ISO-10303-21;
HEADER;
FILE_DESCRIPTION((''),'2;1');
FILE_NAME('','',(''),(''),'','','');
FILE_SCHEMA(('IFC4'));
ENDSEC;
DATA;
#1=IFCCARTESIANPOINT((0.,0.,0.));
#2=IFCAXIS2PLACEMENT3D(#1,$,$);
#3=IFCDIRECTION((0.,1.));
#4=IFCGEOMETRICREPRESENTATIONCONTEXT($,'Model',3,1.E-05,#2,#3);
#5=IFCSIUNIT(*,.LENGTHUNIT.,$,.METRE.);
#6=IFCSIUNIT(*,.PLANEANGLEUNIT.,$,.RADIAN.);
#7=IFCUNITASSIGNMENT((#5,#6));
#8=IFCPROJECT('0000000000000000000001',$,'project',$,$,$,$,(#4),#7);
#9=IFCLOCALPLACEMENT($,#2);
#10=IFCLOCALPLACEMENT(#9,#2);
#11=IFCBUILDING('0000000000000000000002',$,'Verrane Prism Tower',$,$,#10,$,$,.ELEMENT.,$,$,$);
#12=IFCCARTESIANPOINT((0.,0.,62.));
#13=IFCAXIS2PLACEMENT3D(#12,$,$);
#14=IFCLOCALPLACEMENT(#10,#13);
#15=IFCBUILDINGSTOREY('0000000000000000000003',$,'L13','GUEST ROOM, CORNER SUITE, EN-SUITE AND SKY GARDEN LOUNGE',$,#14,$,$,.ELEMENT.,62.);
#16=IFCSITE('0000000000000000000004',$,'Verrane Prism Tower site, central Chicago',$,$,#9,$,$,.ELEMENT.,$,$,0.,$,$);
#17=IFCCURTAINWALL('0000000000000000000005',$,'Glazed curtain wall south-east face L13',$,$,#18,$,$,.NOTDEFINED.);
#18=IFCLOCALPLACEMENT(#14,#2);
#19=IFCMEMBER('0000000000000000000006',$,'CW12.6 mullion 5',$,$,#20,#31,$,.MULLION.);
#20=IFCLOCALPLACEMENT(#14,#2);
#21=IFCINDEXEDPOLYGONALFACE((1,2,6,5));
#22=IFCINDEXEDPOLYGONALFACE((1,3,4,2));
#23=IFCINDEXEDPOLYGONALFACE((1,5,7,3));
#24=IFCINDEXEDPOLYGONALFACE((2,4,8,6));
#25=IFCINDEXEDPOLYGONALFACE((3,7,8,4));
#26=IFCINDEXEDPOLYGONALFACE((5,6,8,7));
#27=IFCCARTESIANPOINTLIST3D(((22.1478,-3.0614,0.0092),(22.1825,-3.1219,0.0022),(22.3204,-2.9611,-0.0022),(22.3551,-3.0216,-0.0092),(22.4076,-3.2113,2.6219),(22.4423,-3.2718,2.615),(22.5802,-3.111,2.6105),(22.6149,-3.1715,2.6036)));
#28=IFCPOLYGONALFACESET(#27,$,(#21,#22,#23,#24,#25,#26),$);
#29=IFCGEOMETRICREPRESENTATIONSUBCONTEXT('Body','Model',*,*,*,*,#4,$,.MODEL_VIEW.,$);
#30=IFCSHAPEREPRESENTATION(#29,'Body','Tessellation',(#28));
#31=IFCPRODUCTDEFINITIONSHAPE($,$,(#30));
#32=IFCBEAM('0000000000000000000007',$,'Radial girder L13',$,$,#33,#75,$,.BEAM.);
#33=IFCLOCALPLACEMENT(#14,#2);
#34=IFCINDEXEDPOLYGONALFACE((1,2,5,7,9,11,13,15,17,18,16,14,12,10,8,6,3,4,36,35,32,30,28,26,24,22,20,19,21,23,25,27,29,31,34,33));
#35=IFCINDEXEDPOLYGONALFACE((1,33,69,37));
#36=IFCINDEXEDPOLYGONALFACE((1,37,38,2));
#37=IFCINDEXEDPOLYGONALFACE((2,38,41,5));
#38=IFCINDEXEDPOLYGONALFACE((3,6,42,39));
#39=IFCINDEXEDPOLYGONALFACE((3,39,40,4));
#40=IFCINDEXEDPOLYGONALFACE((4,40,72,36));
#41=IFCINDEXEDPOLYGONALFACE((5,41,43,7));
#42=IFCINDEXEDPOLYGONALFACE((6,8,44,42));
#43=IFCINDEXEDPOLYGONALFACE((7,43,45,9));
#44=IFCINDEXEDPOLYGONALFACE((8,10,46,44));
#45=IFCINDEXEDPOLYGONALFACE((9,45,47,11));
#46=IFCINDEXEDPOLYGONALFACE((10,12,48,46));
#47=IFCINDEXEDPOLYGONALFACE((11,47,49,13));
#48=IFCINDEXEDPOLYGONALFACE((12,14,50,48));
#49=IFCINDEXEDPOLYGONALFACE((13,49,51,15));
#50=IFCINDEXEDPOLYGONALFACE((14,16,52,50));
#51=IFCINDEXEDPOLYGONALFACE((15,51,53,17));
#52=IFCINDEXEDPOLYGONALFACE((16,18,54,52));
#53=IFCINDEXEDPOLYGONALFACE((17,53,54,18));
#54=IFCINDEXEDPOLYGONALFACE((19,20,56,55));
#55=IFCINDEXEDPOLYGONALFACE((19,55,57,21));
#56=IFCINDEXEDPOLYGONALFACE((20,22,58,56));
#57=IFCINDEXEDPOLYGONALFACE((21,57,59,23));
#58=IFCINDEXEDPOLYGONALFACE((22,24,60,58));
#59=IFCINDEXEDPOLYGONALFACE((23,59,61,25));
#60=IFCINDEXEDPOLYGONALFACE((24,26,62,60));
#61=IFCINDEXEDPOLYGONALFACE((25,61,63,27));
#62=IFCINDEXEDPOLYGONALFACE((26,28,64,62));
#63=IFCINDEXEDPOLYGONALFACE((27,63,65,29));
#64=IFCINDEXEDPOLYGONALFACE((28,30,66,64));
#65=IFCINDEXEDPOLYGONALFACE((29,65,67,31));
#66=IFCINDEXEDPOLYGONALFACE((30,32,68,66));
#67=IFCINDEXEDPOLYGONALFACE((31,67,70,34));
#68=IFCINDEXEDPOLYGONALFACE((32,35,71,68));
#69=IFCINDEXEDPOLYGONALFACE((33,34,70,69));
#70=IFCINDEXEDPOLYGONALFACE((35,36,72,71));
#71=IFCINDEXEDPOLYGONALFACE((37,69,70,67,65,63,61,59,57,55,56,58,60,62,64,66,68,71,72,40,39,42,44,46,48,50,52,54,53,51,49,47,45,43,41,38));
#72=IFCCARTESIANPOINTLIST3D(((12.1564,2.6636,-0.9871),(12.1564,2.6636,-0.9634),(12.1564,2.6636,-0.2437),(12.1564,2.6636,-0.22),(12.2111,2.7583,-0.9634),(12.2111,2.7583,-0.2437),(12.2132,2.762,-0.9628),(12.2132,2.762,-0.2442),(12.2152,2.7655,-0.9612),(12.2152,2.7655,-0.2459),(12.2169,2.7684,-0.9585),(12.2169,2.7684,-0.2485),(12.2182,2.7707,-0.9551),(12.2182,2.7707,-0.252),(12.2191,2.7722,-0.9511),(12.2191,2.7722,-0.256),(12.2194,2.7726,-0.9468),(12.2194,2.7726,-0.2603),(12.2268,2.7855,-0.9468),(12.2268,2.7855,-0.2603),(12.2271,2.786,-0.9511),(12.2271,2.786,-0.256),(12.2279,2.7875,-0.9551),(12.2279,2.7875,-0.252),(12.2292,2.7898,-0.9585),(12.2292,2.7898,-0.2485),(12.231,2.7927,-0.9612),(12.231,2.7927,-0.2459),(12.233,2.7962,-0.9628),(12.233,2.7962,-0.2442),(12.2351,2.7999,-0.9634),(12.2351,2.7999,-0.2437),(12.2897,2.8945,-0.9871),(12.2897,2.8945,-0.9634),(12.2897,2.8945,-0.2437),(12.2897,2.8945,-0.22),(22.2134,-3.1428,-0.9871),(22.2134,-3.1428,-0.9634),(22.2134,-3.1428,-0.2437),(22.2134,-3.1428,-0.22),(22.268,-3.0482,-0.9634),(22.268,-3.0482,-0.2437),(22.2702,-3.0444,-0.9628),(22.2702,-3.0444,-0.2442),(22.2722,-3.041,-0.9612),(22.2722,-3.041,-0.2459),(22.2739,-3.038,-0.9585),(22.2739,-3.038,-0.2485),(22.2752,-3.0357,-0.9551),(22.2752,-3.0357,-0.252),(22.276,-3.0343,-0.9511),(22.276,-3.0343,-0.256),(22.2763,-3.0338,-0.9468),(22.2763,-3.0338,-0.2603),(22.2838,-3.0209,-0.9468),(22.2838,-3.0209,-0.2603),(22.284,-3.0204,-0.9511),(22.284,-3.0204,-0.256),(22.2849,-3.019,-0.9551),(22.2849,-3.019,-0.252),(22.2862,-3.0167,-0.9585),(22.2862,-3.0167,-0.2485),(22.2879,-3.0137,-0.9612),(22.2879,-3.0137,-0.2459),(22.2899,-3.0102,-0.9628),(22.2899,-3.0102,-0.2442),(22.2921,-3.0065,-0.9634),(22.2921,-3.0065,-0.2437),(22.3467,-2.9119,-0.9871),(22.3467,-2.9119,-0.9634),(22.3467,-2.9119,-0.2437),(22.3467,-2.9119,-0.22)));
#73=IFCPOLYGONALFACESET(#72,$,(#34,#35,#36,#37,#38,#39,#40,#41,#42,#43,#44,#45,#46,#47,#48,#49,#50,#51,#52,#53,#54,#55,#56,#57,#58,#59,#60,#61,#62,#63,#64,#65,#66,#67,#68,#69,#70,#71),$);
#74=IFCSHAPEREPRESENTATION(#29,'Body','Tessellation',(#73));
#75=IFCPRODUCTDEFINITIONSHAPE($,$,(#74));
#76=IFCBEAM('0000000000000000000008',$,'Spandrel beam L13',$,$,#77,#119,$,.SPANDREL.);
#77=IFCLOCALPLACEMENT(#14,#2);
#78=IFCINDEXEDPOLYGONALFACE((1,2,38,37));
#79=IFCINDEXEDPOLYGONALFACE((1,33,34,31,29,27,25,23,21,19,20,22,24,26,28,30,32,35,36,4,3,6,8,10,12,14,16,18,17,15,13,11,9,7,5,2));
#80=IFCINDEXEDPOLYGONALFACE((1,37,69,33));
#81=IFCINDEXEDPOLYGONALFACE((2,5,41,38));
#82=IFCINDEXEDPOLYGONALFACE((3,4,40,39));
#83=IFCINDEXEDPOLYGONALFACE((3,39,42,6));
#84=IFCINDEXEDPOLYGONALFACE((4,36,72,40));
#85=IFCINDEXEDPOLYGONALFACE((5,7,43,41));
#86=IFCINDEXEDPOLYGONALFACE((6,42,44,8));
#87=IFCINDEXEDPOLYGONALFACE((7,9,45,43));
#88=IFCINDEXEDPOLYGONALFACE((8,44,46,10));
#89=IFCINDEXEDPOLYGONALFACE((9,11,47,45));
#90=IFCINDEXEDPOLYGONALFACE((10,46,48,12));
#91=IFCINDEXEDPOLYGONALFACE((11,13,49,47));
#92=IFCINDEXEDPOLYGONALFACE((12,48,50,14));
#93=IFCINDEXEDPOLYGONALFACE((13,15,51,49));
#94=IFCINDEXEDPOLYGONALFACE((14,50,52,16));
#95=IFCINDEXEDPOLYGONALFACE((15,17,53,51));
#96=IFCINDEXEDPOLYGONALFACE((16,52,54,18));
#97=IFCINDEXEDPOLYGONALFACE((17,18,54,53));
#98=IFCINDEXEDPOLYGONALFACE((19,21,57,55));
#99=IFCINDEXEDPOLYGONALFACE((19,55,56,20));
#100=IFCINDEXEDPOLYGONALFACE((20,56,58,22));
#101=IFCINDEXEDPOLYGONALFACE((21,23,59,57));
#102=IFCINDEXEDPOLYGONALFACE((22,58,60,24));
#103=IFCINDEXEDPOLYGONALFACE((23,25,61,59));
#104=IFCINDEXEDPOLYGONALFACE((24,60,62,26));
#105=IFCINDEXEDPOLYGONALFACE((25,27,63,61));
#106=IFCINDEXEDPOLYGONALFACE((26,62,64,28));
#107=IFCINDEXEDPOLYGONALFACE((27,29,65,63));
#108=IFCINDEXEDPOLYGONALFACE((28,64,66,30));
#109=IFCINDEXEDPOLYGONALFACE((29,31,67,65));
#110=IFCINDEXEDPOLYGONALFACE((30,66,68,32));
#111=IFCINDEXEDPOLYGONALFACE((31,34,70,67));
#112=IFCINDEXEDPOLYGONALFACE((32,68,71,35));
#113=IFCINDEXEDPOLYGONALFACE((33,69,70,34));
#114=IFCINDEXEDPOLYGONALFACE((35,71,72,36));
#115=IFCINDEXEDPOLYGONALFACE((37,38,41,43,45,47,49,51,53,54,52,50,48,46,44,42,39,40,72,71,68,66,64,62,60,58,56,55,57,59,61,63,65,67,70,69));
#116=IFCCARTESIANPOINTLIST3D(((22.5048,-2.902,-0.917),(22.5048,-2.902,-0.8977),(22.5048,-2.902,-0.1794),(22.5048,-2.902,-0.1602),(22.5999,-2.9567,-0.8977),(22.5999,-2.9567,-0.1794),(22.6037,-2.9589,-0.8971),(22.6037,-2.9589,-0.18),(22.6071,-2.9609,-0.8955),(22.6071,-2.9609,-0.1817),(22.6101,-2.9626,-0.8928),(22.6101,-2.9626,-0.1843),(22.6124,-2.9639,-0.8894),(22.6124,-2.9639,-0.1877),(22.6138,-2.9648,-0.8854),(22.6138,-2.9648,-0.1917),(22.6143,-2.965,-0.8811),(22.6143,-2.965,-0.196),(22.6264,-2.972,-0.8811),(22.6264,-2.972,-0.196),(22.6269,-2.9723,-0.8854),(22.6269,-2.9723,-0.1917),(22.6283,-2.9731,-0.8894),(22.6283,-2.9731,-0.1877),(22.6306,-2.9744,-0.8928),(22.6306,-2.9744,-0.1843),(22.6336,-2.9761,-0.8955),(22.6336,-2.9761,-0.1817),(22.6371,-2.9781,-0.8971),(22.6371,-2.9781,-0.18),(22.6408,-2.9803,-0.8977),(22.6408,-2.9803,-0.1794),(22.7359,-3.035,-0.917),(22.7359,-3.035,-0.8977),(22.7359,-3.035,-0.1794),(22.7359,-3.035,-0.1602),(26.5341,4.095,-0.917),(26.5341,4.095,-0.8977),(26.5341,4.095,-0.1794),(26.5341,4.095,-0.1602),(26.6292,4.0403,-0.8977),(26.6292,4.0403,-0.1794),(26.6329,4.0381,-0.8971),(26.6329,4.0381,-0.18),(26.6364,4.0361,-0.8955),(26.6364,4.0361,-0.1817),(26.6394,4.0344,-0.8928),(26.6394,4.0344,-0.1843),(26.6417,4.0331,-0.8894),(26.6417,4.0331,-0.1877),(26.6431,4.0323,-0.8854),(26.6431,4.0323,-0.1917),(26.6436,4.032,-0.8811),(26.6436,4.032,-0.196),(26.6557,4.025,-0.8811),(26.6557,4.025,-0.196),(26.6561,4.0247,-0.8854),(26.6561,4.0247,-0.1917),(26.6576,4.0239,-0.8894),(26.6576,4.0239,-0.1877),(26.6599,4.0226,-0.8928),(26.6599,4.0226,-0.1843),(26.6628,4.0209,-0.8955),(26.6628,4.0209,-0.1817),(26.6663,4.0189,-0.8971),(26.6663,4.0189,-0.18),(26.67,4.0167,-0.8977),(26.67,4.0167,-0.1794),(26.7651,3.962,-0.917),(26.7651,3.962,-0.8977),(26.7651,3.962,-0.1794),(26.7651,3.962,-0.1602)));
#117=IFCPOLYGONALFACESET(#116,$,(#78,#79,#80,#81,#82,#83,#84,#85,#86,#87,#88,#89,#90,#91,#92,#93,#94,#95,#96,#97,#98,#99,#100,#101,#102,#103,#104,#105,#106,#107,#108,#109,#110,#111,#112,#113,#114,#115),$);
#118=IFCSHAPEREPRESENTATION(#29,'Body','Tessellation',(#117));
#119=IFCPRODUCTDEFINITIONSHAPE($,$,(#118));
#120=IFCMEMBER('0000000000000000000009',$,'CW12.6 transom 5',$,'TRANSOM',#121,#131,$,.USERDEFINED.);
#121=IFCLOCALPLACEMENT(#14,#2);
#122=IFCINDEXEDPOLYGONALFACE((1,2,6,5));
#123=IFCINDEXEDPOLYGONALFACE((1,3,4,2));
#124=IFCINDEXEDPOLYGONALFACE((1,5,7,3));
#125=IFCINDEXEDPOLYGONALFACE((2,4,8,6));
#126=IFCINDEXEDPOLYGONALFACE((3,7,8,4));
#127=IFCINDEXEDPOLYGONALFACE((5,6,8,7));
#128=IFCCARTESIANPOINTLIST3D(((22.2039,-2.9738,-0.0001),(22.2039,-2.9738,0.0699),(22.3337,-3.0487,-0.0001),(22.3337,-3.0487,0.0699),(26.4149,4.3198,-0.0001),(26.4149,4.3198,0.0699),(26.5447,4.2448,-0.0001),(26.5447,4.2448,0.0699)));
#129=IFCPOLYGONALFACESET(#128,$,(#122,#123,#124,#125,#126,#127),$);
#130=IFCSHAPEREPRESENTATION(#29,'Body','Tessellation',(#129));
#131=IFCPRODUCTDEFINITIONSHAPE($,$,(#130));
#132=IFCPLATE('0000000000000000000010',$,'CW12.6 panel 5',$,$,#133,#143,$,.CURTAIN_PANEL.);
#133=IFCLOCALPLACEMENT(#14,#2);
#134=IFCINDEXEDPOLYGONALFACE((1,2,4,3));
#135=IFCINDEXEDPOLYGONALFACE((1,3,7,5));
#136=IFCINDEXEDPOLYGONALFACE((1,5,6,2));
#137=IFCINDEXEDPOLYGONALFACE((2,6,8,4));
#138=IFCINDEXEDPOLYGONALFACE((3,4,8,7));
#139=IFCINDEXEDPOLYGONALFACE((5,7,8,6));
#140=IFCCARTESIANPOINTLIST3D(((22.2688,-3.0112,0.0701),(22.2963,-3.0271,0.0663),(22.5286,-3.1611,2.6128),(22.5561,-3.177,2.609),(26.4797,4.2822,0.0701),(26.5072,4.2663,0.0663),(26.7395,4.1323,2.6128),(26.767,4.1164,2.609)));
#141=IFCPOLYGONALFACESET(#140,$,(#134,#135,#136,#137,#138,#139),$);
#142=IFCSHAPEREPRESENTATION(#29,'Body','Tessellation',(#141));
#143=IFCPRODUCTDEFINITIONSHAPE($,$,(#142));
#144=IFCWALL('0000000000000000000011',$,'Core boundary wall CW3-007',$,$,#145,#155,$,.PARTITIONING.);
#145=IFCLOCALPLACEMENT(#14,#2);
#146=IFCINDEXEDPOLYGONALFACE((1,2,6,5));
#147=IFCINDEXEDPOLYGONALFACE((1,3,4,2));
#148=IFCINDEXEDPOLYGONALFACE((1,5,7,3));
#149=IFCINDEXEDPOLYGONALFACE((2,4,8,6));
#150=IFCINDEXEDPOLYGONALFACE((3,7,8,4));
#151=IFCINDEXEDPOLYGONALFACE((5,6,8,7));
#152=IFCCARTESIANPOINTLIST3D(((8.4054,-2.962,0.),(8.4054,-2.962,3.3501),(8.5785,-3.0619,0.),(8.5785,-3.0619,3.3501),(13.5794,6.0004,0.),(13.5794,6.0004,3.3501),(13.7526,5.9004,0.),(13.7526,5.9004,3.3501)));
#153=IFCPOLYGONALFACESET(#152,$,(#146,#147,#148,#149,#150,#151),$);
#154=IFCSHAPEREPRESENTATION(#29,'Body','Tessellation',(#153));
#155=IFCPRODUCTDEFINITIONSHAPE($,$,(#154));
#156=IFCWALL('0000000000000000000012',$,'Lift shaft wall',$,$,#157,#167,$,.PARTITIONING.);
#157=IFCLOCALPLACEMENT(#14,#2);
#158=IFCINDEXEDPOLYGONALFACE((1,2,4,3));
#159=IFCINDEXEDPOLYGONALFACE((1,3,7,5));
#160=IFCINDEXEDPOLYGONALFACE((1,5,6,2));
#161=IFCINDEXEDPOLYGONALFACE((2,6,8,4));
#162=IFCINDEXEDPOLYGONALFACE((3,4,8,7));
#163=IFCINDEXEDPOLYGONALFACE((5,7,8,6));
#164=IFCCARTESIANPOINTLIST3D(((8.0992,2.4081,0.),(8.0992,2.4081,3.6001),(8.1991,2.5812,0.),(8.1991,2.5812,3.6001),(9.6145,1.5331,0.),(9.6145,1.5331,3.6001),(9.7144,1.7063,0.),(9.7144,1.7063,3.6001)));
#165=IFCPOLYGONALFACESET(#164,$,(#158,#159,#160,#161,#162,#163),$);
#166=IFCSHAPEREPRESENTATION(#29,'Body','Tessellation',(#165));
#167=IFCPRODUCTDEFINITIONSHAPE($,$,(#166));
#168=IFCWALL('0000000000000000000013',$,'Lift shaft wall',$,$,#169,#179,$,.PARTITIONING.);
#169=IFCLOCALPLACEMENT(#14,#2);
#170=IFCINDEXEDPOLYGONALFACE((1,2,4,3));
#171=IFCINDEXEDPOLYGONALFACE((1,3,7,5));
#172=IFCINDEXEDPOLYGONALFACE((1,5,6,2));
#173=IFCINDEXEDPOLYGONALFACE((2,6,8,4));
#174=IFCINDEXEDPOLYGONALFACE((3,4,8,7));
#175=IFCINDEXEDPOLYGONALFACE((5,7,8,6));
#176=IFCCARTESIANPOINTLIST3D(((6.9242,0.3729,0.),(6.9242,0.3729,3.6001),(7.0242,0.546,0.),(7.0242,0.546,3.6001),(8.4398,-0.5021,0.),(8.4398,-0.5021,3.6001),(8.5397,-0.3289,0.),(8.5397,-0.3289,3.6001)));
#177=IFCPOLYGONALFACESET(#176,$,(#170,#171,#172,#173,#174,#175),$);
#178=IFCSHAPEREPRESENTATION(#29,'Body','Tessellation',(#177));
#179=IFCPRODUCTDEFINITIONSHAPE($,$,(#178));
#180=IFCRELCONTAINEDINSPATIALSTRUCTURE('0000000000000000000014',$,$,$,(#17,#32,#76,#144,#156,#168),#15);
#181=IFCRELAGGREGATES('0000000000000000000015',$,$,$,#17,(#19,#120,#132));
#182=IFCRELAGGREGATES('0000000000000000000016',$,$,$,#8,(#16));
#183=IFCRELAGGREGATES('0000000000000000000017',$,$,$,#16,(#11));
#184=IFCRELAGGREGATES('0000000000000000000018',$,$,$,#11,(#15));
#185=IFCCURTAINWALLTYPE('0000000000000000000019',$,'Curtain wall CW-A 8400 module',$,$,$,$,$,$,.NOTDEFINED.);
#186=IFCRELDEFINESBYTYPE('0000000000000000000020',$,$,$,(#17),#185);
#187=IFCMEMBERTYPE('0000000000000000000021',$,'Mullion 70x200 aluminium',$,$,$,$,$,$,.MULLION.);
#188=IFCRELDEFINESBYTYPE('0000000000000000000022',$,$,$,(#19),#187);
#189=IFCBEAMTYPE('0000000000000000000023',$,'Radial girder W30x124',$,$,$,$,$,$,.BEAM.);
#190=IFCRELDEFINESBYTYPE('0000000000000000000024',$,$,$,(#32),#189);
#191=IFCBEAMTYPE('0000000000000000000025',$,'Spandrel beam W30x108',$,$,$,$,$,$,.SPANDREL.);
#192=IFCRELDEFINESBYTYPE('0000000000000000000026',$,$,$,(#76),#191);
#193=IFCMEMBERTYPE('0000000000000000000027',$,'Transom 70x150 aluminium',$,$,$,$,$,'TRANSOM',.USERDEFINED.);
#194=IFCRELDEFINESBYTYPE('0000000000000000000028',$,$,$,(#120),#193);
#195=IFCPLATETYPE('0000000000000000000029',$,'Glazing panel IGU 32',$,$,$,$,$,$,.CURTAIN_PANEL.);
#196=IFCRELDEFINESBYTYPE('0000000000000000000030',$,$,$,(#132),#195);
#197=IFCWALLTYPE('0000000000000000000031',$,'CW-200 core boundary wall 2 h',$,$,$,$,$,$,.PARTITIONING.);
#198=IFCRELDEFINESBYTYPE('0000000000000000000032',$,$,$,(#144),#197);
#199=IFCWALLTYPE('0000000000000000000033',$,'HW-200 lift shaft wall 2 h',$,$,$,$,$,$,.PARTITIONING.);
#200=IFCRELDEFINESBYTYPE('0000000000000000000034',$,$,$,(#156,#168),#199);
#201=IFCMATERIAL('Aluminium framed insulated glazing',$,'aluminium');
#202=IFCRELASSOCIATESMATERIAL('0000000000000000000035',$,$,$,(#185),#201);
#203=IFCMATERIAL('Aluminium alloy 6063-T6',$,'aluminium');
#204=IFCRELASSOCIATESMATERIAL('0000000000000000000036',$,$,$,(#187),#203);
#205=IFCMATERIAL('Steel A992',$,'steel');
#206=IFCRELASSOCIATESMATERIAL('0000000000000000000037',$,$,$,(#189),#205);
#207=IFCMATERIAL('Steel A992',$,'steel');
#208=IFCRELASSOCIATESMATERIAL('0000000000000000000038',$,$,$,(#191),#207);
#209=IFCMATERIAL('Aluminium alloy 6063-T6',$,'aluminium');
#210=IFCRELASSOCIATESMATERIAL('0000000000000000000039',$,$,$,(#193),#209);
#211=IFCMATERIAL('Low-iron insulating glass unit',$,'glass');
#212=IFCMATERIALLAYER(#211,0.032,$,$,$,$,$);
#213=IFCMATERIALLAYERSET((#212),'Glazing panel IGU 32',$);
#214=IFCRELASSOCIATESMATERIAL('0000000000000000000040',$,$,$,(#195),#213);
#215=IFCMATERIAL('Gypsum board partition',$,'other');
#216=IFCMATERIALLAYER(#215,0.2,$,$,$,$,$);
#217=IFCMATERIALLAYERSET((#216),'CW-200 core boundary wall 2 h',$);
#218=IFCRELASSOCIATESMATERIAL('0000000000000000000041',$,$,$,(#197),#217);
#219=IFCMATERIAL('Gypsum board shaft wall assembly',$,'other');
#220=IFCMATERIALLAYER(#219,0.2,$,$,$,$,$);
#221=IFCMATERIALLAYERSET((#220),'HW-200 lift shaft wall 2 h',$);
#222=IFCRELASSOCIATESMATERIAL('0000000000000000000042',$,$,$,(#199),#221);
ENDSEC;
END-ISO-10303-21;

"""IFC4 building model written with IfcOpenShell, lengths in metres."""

from ifc_helpers import new_model, si_unit, direction, frame, frame_2d, origin, origin_2d, place, context, subcontext, project, spatial, polyline, rectangle, i_section, outline, extrude, material, layer, layer_set, material_profile, profile_set, type_object, element, aggregate, save


model = new_model("IFC4")

# Units and contexts
model_context = context("Model", 3, precision=1e-05, world=origin(), true_north=direction((0.0, 1.0)))
body_context = subcontext(model_context, "Body", "Model", "MODEL_VIEW")
ifc_project = project(units=[si_unit("LENGTHUNIT", "METRE"), si_unit("PLANEANGLEUNIT", "RADIAN")], contexts=[model_context])

# Site, building, storey
site_placement = place(None, origin())
site = spatial("IfcSite", under=ifc_project, at=site_placement, Name="Verrane Prism Tower site, central Chicago", CompositionType="ELEMENT", RefElevation=0.0)
building_placement = place(site_placement, origin())
building = spatial("IfcBuilding", under=site, at=building_placement, Name="Verrane Prism Tower", CompositionType="ELEMENT")
storey_placement = place(building_placement, frame((0.0, 0.0, 62.0)))
storey = spatial("IfcBuildingStorey", under=building, at=storey_placement, Name="L13", Description="GUEST ROOM, CORNER SUITE, EN-SUITE AND SKY GARDEN LOUNGE", CompositionType="ELEMENT", Elevation=62.0)

# Curtain wall, member
ifc_material_1 = material(Name="Aluminium framed insulated glazing", Category="aluminium")
curtain_wall_type = type_object("IfcCurtainWallType", Name="Curtain wall CW-A 8400 module", PredefinedType="NOTDEFINED", material=ifc_material_1)
curtain_wall_placement = place(storey_placement, origin())
curtain_wall = element("IfcCurtainWall", 1, at=curtain_wall_placement, inside=storey, type_object=curtain_wall_type, Name="Glazed curtain wall south-east face L13", PredefinedType="NOTDEFINED")
ifc_material_2 = material(Name="Aluminium alloy 6063-T6", Category="aluminium")
ifc_material_profile_1 = material_profile(ifc_material_2, rectangle(XDim=0.2, YDim=0.0701, at=origin_2d()), Name="Mullion 70x200 aluminium")
ifc_profile_set_1 = profile_set([ifc_material_profile_1], Name="Aluminium alloy 6063-T6")
member_type_1 = type_object("IfcMemberType", Name="Mullion 70x200 aluminium", PredefinedType="MULLION", material=ifc_profile_set_1)
member_1_placement = place(storey_placement, frame((22.2515, -3.0415, 0.0), z_axis=(0.098772, -0.056998, 0.993476), x_axis=(-0.863094, -0.501814, 0.057019)))
member_1 = element("IfcMember", 2, at=member_1_placement, type_object=member_type_1, Name="CW12.6 mullion 5", PredefinedType="MULLION", context=body_context, shape_type="SweptSolid", body=[
    extrude(rectangle(XDim=0.2, YDim=0.0701, at=origin_2d()), origin(), (0.0, 0.0, 1.0), 2.6299),
])

# Beams
ifc_material_3 = material(Name="Steel A992", Category="steel")
ifc_material_profile_2 = material_profile(ifc_material_3, i_section(OverallWidth=0.2666, OverallDepth=0.7671, WebThickness=0.0149, FlangeThickness=0.0237, FilletRadius=0.0166, at=origin_2d()), Name="W30x124")
ifc_profile_set_2 = profile_set([ifc_material_profile_2], Name="Steel A992")
beam_type_1 = type_object("IfcBeamType", Name="Radial girder W30x124", PredefinedType="BEAM", material=ifc_profile_set_2)
beam_1_placement = place(storey_placement, frame((22.28, -3.0273, -0.6035), z_axis=(-0.866023, 0.500003, 0.0), x_axis=(-0.500003, -0.866023, 0.0)))
element("IfcBeam", 3, at=beam_1_placement, inside=storey, type_object=beam_type_1, Name="Radial girder L13", PredefinedType="BEAM", context=body_context, shape_type="SweptSolid", body=[
    extrude(i_section(OverallWidth=0.2666, OverallDepth=0.7671, WebThickness=0.0149, FlangeThickness=0.0237, FilletRadius=0.0166, at=origin_2d()), origin(), (0.0, 0.0, 1.0), 11.6128),
])
ifc_material_4 = material(Name="Steel A992", Category="steel")
ifc_material_profile_3 = material_profile(ifc_material_4, i_section(OverallWidth=0.2666, OverallDepth=0.7568, WebThickness=0.0139, FlangeThickness=0.0193, FilletRadius=0.0166, at=origin_2d()), Name="W30x108")
ifc_profile_set_3 = profile_set([ifc_material_profile_3], Name="Steel A992")
beam_type_2 = type_object("IfcBeamType", Name="Spandrel beam W30x108", PredefinedType="SPANDREL", material=ifc_profile_set_3)
beam_2_placement = place(storey_placement, frame((22.6204, -2.9685, -0.5386), z_axis=(0.499028, 0.866586, 0.0), x_axis=(-0.866586, 0.499028, 0.0)))
element("IfcBeam", 4, at=beam_2_placement, inside=storey, type_object=beam_type_2, Name="Spandrel beam L13", PredefinedType="SPANDREL", context=body_context, shape_type="SweptSolid", body=[
    extrude(i_section(OverallWidth=0.2666, OverallDepth=0.7568, WebThickness=0.0139, FlangeThickness=0.0193, FilletRadius=0.0166, at=origin_2d()), origin(), (0.0, 0.0, 1.0), 8.0742),
])

# Member
ifc_material_5 = material(Name="Aluminium alloy 6063-T6", Category="aluminium")
ifc_material_profile_4 = material_profile(ifc_material_5, rectangle(XDim=0.1499, YDim=0.0701, at=origin_2d()), Name="Transom 70x150 aluminium")
ifc_profile_set_4 = profile_set([ifc_material_profile_4], Name="Aluminium alloy 6063-T6")
member_type_2 = type_object("IfcMemberType", Name="Transom 70x150 aluminium", ElementType="TRANSOM", PredefinedType="USERDEFINED", material=ifc_profile_set_4)
member_2_placement = place(storey_placement, frame((22.2688, -3.0112, 0.0349), z_axis=(0.500005, 0.866022, 0.0), x_axis=(-0.866022, 0.500005, 0.0)))
member_2 = element("IfcMember", 5, at=member_2_placement, type_object=member_type_2, Name="CW12.6 transom 5", ObjectType="TRANSOM", PredefinedType="USERDEFINED", context=body_context, shape_type="SweptSolid", body=[
    extrude(rectangle(XDim=0.1499, YDim=0.0701, at=origin_2d()), origin(), (0.0, 0.0, 1.0), 8.4219),
])

# Plate
ifc_material_6 = material(Name="Low-iron insulating glass unit", Category="glass")
ifc_layer_1 = layer(ifc_material_6, 0.032)
ifc_layer_set_1 = layer_set([ifc_layer_1], Name="Glazing panel IGU 32")
plate_type = type_object("IfcPlateType", Name="Glazing panel IGU 32", PredefinedType="CURTAIN_PANEL", material=ifc_layer_set_1)
plate_placement = place(storey_placement, frame((22.2688, -3.0112, 0.0701), z_axis=(-0.86006, 0.496563, 0.117138), x_axis=(0.500005, 0.866022, 0.0)))
plate = element("IfcPlate", 6, at=plate_placement, type_object=plate_type, Name="CW12.6 panel 5", PredefinedType="CURTAIN_PANEL", context=body_context, shape_type="SweptSolid", body=[
    extrude(outline(polyline([(0.0, 0.0), (8.4218, 0.0), (8.4219, -2.5604), (0.0001, -2.5604), (0.0, 0.0)])), origin(), (0.0, 0.0, -1.0), 0.032),
])
aggregate(curtain_wall, [member_1, member_2, plate])

# Walls
ifc_material_7 = material(Name="Gypsum board partition", Category="other")
ifc_layer_2 = layer(ifc_material_7, 0.2)
ifc_layer_set_2 = layer_set([ifc_layer_2], Name="CW-200 core boundary wall 2 h")
wall_type_1 = type_object("IfcWallType", Name="CW-200 core boundary wall 2 h", PredefinedType="PARTITIONING", material=ifc_layer_set_2)
wall_1_placement = place(storey_placement, frame((8.4919, -3.012, 0.0), z_axis=(0.0, 0.0, 1.0), x_axis=(0.499973, 0.866041, 0.0)))
element("IfcWall", 7, at=wall_1_placement, inside=storey, type_object=wall_type_1, Name="Core boundary wall CW3-007", PredefinedType="PARTITIONING", context=body_context, shape_type="SweptSolid", body=[
    extrude(rectangle(XDim=10.3486, YDim=0.2, at=frame_2d((5.1743, 0.0))), origin(), (0.0, 0.0, 1.0), 3.3501),
])
ifc_material_8 = material(Name="Gypsum board shaft wall assembly", Category="other")
ifc_layer_3 = layer(ifc_material_8, 0.2)
ifc_layer_set_3 = layer_set([ifc_layer_3], Name="HW-200 lift shaft wall 2 h")
wall_type_2 = type_object("IfcWallType", Name="HW-200 lift shaft wall 2 h", PredefinedType="PARTITIONING", material=ifc_layer_set_3)
wall_2_placement = place(storey_placement, frame((9.6646, 1.6196, 0.0), z_axis=(0.0, 0.0, 1.0), x_axis=(-0.866002, 0.50004, 0.0)))
element("IfcWall", 8, at=wall_2_placement, inside=storey, type_object=wall_type_2, Name="Lift shaft wall", PredefinedType="PARTITIONING", context=body_context, shape_type="SweptSolid", body=[
    extrude(rectangle(XDim=1.7498, YDim=0.2, at=frame_2d((0.875, 0.0))), origin(), (0.0, 0.0, 1.0), 3.6001),
])
wall_3_placement = place(storey_placement, frame((8.4897, -0.4155, 0.0), z_axis=(0.0, 0.0, 1.0), x_axis=(-0.866037, 0.49998, 0.0)))
element("IfcWall", 9, at=wall_3_placement, inside=storey, type_object=wall_type_2, Name="Lift shaft wall", PredefinedType="PARTITIONING", context=body_context, shape_type="SweptSolid", body=[
    extrude(rectangle(XDim=1.75, YDim=0.2, at=frame_2d((0.875, 0.0))), origin(), (0.0, 0.0, 1.0), 3.6001),
])

save(model, "model.ifc")
